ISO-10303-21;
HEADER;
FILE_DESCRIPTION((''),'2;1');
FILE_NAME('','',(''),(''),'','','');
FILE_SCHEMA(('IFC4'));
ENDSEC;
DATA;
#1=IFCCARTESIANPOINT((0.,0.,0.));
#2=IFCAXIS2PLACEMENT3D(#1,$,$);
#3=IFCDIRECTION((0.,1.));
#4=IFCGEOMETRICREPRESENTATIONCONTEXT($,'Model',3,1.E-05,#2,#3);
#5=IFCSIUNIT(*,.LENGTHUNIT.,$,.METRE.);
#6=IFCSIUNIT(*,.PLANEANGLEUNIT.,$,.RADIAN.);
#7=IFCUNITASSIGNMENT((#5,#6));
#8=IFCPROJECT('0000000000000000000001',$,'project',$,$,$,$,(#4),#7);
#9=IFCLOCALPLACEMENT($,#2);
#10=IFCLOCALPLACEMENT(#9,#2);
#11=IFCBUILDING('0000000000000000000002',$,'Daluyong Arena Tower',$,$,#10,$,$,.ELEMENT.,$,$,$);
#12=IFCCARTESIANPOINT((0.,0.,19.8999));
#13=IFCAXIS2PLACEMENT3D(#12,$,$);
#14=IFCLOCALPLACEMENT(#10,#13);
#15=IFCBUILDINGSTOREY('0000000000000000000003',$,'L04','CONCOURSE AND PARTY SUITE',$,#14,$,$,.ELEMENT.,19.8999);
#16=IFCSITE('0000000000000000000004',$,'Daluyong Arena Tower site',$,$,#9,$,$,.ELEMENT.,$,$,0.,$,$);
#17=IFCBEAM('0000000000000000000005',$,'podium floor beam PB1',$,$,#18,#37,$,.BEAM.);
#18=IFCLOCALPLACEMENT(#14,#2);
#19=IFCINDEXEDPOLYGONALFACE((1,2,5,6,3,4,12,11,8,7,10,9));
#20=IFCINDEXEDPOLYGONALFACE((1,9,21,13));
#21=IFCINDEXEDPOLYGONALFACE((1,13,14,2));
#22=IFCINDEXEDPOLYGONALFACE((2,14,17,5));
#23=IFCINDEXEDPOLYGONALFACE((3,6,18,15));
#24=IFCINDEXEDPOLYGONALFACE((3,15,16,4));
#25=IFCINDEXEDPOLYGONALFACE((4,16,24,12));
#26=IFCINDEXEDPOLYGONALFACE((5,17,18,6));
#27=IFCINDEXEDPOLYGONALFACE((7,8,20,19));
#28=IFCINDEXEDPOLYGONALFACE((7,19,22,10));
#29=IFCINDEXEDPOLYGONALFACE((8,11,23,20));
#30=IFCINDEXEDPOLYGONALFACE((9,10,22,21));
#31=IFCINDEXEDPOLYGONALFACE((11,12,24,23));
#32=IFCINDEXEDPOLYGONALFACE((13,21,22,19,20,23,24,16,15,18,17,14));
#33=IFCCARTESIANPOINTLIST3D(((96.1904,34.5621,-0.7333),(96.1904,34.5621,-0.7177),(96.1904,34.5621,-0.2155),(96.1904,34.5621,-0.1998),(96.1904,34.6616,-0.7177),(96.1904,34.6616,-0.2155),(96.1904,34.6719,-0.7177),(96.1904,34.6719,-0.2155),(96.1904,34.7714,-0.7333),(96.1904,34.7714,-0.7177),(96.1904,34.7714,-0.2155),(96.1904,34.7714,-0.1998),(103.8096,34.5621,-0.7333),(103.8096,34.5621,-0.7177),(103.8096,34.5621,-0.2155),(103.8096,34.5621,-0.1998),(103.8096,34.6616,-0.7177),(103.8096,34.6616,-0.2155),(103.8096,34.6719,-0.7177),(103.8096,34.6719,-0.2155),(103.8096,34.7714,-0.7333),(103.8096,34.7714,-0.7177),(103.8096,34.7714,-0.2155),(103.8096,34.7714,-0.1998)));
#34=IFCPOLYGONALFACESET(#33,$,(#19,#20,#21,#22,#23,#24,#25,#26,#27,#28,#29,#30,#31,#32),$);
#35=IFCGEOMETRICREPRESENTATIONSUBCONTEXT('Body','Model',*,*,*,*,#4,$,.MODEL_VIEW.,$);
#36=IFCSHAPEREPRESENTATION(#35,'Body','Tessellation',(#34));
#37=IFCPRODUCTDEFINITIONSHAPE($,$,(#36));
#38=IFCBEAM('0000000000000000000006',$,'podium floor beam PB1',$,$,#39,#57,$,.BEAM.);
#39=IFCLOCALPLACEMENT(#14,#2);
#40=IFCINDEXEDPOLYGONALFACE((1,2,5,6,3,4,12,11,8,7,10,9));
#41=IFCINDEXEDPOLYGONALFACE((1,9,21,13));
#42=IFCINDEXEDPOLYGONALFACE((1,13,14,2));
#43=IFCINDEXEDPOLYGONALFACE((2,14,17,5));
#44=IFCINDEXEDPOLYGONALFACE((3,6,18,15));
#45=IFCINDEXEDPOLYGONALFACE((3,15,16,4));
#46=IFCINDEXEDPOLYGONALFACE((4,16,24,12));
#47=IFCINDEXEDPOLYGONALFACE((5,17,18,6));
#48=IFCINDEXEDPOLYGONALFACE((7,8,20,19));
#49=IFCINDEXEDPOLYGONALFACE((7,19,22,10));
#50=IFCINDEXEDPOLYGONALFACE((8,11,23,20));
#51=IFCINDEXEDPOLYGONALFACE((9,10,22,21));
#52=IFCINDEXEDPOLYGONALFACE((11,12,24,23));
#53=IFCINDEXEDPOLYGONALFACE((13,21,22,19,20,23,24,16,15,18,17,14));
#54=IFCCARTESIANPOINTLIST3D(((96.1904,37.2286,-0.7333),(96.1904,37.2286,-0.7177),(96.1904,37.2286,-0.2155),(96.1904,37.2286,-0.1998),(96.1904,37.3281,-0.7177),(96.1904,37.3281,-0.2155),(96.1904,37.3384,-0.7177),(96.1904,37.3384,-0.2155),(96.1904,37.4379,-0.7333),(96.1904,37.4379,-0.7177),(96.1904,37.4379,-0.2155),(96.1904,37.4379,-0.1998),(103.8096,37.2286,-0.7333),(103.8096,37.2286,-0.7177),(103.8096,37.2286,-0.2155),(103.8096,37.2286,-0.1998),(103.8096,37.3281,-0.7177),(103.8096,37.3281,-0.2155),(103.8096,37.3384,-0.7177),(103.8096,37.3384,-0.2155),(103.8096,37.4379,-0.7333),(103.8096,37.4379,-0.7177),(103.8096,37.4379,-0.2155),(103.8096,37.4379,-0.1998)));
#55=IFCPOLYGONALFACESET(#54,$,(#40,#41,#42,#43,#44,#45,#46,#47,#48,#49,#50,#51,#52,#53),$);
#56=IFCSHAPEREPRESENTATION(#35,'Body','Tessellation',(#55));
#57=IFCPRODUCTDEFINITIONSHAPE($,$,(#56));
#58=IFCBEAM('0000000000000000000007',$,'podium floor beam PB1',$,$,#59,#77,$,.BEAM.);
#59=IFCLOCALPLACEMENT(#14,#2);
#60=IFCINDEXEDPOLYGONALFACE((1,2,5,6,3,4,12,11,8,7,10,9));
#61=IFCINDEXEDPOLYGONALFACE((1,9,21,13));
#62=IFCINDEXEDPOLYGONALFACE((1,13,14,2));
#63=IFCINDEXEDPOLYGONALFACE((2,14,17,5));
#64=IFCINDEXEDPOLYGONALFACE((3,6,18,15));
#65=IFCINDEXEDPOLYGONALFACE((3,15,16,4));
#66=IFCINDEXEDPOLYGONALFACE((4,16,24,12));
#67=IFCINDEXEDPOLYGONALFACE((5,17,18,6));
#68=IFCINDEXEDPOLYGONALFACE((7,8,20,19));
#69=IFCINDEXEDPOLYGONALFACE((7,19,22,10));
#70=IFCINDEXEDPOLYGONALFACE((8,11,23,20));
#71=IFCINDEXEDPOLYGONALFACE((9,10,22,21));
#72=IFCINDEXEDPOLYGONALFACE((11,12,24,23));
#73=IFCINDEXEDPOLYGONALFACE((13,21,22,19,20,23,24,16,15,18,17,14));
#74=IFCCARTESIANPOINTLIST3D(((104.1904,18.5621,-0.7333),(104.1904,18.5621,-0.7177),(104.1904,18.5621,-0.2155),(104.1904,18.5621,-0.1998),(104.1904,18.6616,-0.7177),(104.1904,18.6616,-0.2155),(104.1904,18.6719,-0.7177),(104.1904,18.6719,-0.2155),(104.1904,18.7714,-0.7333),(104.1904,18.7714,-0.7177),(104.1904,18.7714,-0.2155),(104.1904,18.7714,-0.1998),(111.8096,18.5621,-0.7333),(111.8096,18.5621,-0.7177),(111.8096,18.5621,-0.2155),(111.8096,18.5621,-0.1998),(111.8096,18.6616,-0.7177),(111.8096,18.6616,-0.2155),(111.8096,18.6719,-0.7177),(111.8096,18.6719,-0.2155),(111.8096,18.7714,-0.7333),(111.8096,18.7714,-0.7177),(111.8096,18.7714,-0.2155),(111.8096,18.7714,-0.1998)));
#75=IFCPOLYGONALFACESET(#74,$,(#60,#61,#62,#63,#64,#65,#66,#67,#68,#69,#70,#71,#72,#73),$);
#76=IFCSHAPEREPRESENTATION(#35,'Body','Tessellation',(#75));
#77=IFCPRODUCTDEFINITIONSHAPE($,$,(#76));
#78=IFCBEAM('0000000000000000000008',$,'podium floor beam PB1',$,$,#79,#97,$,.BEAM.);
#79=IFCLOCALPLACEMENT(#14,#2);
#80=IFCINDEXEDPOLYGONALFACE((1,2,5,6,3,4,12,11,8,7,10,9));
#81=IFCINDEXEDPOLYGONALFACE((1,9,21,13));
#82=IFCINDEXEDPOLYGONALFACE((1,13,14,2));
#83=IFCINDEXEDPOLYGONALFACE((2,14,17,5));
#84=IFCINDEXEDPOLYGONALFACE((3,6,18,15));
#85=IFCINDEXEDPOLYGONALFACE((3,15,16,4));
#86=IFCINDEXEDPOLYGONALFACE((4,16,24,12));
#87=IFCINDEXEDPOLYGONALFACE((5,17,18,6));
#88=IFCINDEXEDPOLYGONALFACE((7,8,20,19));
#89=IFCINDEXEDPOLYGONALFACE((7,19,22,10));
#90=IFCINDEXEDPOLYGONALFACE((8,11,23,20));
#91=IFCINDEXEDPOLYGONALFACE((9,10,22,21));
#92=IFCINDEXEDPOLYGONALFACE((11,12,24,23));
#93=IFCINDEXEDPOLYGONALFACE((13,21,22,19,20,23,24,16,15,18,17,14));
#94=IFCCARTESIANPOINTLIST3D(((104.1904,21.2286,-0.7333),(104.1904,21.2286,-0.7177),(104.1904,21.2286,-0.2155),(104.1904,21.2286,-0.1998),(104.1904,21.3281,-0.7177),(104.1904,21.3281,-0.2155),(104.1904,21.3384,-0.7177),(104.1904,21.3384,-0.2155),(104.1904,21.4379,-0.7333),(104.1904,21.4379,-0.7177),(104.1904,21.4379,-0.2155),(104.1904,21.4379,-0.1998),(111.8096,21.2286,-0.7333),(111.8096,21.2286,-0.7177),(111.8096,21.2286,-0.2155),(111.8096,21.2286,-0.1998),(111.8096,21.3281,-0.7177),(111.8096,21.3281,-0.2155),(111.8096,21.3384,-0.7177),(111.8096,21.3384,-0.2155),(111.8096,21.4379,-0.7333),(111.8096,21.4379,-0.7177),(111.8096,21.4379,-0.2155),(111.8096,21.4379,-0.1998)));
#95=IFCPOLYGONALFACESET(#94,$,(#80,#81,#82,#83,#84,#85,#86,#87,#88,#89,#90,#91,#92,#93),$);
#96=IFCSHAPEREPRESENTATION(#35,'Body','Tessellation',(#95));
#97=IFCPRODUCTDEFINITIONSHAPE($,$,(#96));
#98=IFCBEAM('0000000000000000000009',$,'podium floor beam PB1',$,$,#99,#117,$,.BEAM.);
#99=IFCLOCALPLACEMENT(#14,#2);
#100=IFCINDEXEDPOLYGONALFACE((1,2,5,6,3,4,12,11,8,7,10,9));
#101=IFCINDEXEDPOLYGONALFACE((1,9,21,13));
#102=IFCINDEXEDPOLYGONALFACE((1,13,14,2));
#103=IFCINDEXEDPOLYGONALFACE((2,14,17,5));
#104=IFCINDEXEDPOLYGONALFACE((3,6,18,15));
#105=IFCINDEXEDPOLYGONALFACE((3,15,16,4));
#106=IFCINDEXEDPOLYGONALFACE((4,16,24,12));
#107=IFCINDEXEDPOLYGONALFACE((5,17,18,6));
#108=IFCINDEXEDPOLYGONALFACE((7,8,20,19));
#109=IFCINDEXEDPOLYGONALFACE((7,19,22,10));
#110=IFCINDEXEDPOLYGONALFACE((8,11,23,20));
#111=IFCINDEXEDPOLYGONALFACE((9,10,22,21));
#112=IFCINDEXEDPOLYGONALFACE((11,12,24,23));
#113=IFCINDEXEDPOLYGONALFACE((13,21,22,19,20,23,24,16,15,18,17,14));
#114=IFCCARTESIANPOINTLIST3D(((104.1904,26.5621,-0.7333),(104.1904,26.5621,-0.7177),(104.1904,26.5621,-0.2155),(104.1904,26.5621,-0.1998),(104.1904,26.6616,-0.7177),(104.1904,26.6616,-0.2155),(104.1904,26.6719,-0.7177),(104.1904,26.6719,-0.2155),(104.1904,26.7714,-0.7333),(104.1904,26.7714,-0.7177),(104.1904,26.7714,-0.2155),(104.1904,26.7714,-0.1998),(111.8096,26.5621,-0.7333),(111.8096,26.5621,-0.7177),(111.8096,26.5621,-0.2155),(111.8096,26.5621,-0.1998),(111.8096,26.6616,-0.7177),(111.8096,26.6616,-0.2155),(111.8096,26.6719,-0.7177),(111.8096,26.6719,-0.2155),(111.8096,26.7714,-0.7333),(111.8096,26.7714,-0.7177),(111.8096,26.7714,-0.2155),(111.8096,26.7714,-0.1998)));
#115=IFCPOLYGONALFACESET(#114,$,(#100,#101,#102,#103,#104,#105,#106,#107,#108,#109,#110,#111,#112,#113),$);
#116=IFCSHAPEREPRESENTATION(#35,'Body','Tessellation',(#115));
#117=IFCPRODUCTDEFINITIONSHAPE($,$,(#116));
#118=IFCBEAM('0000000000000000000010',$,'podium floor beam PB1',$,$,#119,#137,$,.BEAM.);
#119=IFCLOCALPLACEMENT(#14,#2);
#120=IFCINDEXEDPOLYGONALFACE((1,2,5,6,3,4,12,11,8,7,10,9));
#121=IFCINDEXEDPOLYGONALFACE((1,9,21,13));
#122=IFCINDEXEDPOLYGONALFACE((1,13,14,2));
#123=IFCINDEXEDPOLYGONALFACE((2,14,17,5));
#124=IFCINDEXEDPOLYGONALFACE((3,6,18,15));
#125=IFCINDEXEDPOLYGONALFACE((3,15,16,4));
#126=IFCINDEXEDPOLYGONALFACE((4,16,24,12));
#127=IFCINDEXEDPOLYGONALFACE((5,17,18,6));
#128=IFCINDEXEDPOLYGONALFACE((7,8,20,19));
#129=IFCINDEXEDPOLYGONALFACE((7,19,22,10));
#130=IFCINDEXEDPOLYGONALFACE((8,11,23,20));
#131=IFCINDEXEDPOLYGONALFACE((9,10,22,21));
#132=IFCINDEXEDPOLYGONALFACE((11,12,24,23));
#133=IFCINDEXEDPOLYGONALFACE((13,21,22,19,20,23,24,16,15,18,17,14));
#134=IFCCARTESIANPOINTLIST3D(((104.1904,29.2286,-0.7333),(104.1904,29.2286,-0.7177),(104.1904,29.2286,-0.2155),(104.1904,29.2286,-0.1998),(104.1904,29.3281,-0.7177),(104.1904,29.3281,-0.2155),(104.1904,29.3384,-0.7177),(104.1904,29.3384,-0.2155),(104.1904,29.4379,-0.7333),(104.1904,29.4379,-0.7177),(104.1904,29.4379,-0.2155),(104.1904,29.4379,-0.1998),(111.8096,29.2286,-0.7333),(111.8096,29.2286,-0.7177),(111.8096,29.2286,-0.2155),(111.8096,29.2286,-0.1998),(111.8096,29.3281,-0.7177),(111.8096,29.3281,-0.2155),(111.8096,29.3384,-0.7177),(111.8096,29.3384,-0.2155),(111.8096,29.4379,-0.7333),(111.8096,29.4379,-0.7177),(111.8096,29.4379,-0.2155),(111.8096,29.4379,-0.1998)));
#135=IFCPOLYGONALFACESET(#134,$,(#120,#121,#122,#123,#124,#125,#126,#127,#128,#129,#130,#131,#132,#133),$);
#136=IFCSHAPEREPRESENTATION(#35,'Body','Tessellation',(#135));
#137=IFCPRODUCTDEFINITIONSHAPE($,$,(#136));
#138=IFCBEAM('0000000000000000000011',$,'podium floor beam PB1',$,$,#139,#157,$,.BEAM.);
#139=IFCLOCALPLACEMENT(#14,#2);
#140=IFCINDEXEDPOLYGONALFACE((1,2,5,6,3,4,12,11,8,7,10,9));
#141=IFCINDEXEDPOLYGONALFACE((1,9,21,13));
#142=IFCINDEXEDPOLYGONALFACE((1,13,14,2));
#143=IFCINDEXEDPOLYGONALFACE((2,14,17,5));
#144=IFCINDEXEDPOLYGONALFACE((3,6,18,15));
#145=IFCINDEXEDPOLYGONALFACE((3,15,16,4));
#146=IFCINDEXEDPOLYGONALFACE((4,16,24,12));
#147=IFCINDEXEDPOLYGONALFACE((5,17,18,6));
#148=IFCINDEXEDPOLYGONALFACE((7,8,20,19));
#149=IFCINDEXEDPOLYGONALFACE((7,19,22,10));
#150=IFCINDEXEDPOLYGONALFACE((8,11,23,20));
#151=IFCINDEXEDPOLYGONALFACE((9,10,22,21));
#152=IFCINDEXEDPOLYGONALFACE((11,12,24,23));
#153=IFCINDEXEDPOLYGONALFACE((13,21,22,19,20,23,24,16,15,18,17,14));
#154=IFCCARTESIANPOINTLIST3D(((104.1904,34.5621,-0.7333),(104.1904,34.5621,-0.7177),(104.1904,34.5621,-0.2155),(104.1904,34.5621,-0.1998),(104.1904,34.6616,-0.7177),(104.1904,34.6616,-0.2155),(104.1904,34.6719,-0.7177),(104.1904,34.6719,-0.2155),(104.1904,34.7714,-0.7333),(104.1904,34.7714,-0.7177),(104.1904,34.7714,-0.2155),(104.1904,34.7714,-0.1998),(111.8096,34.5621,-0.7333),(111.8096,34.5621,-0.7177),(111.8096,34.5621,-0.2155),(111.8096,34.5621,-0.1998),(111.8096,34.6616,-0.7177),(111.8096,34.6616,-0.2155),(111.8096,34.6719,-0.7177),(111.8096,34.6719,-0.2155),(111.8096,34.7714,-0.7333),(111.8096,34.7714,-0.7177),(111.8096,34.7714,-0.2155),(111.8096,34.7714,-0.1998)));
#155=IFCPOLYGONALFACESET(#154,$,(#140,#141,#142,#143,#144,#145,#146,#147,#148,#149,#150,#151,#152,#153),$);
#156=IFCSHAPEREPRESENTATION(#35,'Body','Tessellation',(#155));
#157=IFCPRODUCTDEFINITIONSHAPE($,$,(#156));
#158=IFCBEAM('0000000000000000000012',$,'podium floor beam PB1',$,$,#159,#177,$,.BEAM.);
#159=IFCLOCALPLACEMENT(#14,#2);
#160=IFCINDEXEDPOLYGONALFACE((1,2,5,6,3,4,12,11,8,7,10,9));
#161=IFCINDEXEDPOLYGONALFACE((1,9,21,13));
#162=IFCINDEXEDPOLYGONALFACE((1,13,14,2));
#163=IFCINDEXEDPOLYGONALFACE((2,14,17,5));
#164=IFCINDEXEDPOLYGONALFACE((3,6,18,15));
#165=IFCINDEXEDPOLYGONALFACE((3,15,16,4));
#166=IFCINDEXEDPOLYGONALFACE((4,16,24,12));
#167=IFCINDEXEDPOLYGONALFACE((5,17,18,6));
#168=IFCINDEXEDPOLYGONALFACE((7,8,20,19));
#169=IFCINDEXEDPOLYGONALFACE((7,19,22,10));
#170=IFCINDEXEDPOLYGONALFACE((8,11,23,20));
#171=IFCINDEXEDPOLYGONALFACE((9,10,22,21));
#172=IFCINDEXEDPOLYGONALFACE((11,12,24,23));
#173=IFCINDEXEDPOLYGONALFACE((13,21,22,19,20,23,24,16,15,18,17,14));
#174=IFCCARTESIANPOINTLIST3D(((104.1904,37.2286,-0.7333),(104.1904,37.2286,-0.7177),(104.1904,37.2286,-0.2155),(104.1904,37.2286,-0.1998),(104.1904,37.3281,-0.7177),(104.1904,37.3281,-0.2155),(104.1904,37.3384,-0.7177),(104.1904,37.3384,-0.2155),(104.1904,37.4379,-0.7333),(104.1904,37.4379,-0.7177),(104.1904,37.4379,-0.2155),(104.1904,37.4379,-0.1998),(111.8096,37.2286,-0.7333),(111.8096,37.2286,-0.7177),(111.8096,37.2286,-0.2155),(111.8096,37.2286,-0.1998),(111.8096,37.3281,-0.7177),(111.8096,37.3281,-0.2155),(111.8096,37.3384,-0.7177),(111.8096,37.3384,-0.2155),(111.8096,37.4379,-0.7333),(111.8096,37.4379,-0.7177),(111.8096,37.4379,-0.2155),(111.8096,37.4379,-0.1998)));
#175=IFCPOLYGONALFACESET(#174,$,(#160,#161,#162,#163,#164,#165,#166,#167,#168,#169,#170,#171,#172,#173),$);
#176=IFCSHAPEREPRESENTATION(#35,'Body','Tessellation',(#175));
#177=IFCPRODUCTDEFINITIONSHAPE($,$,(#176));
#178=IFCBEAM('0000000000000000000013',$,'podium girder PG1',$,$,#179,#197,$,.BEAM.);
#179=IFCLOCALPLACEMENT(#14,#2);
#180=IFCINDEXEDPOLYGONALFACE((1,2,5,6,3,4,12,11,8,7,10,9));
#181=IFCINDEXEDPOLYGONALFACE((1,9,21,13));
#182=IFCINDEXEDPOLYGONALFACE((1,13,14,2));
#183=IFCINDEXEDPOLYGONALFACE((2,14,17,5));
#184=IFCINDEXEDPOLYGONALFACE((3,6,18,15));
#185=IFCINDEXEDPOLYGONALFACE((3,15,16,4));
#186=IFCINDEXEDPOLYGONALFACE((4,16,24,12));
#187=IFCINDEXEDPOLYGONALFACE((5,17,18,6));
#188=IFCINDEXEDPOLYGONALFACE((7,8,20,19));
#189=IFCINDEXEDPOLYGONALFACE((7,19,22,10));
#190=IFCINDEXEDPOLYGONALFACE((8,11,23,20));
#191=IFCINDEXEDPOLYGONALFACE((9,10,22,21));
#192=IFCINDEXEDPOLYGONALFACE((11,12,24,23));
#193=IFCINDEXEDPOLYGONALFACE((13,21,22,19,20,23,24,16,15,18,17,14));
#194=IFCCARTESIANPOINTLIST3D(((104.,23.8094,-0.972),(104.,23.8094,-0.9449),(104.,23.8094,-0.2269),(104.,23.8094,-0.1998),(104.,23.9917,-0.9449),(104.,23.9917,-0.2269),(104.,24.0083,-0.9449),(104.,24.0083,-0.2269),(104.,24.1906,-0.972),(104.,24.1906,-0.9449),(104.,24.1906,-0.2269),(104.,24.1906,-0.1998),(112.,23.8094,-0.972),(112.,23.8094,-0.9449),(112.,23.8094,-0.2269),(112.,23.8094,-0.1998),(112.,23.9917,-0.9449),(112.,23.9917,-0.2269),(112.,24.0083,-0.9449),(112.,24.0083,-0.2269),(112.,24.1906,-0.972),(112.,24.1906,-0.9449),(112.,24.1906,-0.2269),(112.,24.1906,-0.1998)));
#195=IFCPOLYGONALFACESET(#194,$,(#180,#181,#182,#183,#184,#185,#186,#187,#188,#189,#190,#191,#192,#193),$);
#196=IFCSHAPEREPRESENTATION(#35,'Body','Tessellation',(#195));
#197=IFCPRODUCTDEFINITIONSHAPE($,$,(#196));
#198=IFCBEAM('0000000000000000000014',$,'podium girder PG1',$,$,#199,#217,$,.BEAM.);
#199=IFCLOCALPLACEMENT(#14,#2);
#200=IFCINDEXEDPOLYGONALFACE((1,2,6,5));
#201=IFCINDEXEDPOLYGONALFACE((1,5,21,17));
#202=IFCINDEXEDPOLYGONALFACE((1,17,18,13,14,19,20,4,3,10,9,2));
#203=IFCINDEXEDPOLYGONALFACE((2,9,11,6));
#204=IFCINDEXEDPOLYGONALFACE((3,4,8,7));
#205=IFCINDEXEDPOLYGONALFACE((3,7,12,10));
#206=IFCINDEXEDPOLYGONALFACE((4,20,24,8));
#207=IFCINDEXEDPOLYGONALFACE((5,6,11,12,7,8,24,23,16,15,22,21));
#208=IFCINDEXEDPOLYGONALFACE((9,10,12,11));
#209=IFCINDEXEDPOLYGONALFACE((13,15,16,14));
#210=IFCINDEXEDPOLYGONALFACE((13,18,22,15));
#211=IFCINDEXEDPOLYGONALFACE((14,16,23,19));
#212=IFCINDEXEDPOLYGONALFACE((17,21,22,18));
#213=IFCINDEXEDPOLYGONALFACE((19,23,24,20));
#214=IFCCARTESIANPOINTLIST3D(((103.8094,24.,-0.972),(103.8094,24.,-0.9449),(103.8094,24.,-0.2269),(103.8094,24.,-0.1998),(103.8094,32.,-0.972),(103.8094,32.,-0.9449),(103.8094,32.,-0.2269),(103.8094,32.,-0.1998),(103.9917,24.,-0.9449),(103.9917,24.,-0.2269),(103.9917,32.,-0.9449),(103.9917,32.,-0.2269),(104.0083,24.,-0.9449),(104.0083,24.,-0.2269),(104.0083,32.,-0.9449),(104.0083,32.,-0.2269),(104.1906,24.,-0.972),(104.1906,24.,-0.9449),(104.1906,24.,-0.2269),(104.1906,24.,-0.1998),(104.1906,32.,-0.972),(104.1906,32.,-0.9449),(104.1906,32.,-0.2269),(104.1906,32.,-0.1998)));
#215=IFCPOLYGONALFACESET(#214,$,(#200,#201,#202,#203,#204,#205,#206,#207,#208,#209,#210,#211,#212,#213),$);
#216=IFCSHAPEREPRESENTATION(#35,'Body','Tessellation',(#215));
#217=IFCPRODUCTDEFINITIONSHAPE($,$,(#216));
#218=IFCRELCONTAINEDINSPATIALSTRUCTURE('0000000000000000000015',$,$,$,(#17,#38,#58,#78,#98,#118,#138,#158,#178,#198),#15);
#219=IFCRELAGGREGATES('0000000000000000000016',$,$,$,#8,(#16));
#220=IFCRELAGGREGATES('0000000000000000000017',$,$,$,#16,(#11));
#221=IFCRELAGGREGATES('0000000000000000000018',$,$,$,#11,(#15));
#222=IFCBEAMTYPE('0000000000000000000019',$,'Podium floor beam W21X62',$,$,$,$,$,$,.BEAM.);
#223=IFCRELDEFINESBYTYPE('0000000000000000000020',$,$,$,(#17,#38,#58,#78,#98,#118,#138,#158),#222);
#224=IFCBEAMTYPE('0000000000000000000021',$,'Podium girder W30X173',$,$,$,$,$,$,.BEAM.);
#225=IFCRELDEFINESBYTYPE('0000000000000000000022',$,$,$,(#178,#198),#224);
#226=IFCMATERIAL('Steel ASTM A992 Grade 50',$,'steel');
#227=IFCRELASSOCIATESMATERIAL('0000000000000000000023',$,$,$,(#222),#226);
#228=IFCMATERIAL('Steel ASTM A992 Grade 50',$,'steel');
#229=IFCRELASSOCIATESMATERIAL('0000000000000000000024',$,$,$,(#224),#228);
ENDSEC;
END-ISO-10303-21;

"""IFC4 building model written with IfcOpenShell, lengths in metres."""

from ifc_helpers import new_model, si_unit, direction, frame, origin, origin_2d, place, context, subcontext, project, spatial, i_section, extrude, material, material_profile, profile_set, type_object, element, save


model = new_model("IFC4")

# Units and contexts
model_context = context("Model", 3, precision=1e-05, world=origin(), true_north=direction((0.0, 1.0)))
body_context = subcontext(model_context, "Body", "Model", "MODEL_VIEW")
ifc_project = project(units=[si_unit("LENGTHUNIT", "METRE"), si_unit("PLANEANGLEUNIT", "RADIAN")], contexts=[model_context])

# Site, building, storey
site_placement = place(None, origin())
site = spatial("IfcSite", under=ifc_project, at=site_placement, Name="Daluyong Arena Tower site", CompositionType="ELEMENT", RefElevation=0.0)
building_placement = place(site_placement, origin())
building = spatial("IfcBuilding", under=site, at=building_placement, Name="Daluyong Arena Tower", CompositionType="ELEMENT")
storey_placement = place(building_placement, frame((0.0, 0.0, 19.8999)))
storey = spatial("IfcBuildingStorey", under=building, at=storey_placement, Name="L04", Description="CONCOURSE AND PARTY SUITE", CompositionType="ELEMENT", Elevation=19.8999)

# Beams
ifc_material_1 = material(Name="Steel ASTM A992 Grade 50", Category="steel")
ifc_material_profile_1 = material_profile(ifc_material_1, i_section(OverallWidth=0.2092, OverallDepth=0.5334, WebThickness=0.0103, FlangeThickness=0.0156, at=origin_2d()))
ifc_profile_set_1 = profile_set([ifc_material_profile_1], Name="Steel ASTM A992 Grade 50")
beam_type_1 = type_object("IfcBeamType", Name="Podium floor beam W21X62", PredefinedType="BEAM", material=ifc_profile_set_1)
for number, where, z_axis, x_axis, name in (
    (1, (96.1904, 34.6667, -0.4666), (1.0, 0.0, 0.0), (0.0, 1.0, 0.0), "podium floor beam PB1"),
    (2, (96.1904, 37.3333, -0.4666), (1.0, 0.0, 0.0), (0.0, 1.0, 0.0), "podium floor beam PB1"),
    (3, (104.1904, 18.6667, -0.4666), (1.0, 0.0, 0.0), (0.0, 1.0, 0.0), "podium floor beam PB1"),
    (4, (104.1904, 21.3333, -0.4666), (1.0, 0.0, 0.0), (0.0, 1.0, 0.0), "podium floor beam PB1"),
    (5, (104.1904, 26.6667, -0.4666), (1.0, 0.0, 0.0), (0.0, 1.0, 0.0), "podium floor beam PB1"),
    (6, (104.1904, 29.3333, -0.4666), (1.0, 0.0, 0.0), (0.0, 1.0, 0.0), "podium floor beam PB1"),
    (7, (104.1904, 34.6667, -0.4666), (1.0, 0.0, 0.0), (0.0, 1.0, 0.0), "podium floor beam PB1"),
    (8, (104.1904, 37.3333, -0.4666), (1.0, 0.0, 0.0), (0.0, 1.0, 0.0), "podium floor beam PB1"),
):
    element("IfcBeam", number, at=place(storey_placement, frame(where, z_axis=z_axis, x_axis=x_axis)), inside=storey, type_object=beam_type_1, Name=name, PredefinedType="BEAM", context=body_context, shape_type="SweptSolid", body=[
        extrude(i_section(OverallWidth=0.2092, OverallDepth=0.5334, WebThickness=0.0103, FlangeThickness=0.0156, at=origin_2d()), origin(), (0.0, 0.0, 1.0), 7.6191),
    ])
ifc_material_2 = material(Name="Steel ASTM A992 Grade 50", Category="steel")
ifc_material_profile_2 = material_profile(ifc_material_2, i_section(OverallWidth=0.3811, OverallDepth=0.7722, WebThickness=0.0166, FlangeThickness=0.0271, at=origin_2d()))
ifc_profile_set_2 = profile_set([ifc_material_profile_2], Name="Steel ASTM A992 Grade 50")
beam_type_2 = type_object("IfcBeamType", Name="Podium girder W30X173", PredefinedType="BEAM", material=ifc_profile_set_2)
for number, where, z_axis, x_axis, name in (
    (9, (104.0, 24.0, -0.5859), (1.0, 0.0, 0.0), (0.0, 1.0, 0.0), "podium girder PG1"),
    (10, (104.0, 24.0, -0.5859), (0.0, 1.0, 0.0), (-1.0, 0.0, 0.0), "podium girder PG1"),
):
    element("IfcBeam", number, at=place(storey_placement, frame(where, z_axis=z_axis, x_axis=x_axis)), inside=storey, type_object=beam_type_2, Name=name, PredefinedType="BEAM", context=body_context, shape_type="SweptSolid", body=[
        extrude(i_section(OverallWidth=0.3811, OverallDepth=0.7722, WebThickness=0.0166, FlangeThickness=0.0271, at=origin_2d()), origin(), (0.0, 0.0, 1.0), 8.0),
    ])

save(model, "model.ifc")
